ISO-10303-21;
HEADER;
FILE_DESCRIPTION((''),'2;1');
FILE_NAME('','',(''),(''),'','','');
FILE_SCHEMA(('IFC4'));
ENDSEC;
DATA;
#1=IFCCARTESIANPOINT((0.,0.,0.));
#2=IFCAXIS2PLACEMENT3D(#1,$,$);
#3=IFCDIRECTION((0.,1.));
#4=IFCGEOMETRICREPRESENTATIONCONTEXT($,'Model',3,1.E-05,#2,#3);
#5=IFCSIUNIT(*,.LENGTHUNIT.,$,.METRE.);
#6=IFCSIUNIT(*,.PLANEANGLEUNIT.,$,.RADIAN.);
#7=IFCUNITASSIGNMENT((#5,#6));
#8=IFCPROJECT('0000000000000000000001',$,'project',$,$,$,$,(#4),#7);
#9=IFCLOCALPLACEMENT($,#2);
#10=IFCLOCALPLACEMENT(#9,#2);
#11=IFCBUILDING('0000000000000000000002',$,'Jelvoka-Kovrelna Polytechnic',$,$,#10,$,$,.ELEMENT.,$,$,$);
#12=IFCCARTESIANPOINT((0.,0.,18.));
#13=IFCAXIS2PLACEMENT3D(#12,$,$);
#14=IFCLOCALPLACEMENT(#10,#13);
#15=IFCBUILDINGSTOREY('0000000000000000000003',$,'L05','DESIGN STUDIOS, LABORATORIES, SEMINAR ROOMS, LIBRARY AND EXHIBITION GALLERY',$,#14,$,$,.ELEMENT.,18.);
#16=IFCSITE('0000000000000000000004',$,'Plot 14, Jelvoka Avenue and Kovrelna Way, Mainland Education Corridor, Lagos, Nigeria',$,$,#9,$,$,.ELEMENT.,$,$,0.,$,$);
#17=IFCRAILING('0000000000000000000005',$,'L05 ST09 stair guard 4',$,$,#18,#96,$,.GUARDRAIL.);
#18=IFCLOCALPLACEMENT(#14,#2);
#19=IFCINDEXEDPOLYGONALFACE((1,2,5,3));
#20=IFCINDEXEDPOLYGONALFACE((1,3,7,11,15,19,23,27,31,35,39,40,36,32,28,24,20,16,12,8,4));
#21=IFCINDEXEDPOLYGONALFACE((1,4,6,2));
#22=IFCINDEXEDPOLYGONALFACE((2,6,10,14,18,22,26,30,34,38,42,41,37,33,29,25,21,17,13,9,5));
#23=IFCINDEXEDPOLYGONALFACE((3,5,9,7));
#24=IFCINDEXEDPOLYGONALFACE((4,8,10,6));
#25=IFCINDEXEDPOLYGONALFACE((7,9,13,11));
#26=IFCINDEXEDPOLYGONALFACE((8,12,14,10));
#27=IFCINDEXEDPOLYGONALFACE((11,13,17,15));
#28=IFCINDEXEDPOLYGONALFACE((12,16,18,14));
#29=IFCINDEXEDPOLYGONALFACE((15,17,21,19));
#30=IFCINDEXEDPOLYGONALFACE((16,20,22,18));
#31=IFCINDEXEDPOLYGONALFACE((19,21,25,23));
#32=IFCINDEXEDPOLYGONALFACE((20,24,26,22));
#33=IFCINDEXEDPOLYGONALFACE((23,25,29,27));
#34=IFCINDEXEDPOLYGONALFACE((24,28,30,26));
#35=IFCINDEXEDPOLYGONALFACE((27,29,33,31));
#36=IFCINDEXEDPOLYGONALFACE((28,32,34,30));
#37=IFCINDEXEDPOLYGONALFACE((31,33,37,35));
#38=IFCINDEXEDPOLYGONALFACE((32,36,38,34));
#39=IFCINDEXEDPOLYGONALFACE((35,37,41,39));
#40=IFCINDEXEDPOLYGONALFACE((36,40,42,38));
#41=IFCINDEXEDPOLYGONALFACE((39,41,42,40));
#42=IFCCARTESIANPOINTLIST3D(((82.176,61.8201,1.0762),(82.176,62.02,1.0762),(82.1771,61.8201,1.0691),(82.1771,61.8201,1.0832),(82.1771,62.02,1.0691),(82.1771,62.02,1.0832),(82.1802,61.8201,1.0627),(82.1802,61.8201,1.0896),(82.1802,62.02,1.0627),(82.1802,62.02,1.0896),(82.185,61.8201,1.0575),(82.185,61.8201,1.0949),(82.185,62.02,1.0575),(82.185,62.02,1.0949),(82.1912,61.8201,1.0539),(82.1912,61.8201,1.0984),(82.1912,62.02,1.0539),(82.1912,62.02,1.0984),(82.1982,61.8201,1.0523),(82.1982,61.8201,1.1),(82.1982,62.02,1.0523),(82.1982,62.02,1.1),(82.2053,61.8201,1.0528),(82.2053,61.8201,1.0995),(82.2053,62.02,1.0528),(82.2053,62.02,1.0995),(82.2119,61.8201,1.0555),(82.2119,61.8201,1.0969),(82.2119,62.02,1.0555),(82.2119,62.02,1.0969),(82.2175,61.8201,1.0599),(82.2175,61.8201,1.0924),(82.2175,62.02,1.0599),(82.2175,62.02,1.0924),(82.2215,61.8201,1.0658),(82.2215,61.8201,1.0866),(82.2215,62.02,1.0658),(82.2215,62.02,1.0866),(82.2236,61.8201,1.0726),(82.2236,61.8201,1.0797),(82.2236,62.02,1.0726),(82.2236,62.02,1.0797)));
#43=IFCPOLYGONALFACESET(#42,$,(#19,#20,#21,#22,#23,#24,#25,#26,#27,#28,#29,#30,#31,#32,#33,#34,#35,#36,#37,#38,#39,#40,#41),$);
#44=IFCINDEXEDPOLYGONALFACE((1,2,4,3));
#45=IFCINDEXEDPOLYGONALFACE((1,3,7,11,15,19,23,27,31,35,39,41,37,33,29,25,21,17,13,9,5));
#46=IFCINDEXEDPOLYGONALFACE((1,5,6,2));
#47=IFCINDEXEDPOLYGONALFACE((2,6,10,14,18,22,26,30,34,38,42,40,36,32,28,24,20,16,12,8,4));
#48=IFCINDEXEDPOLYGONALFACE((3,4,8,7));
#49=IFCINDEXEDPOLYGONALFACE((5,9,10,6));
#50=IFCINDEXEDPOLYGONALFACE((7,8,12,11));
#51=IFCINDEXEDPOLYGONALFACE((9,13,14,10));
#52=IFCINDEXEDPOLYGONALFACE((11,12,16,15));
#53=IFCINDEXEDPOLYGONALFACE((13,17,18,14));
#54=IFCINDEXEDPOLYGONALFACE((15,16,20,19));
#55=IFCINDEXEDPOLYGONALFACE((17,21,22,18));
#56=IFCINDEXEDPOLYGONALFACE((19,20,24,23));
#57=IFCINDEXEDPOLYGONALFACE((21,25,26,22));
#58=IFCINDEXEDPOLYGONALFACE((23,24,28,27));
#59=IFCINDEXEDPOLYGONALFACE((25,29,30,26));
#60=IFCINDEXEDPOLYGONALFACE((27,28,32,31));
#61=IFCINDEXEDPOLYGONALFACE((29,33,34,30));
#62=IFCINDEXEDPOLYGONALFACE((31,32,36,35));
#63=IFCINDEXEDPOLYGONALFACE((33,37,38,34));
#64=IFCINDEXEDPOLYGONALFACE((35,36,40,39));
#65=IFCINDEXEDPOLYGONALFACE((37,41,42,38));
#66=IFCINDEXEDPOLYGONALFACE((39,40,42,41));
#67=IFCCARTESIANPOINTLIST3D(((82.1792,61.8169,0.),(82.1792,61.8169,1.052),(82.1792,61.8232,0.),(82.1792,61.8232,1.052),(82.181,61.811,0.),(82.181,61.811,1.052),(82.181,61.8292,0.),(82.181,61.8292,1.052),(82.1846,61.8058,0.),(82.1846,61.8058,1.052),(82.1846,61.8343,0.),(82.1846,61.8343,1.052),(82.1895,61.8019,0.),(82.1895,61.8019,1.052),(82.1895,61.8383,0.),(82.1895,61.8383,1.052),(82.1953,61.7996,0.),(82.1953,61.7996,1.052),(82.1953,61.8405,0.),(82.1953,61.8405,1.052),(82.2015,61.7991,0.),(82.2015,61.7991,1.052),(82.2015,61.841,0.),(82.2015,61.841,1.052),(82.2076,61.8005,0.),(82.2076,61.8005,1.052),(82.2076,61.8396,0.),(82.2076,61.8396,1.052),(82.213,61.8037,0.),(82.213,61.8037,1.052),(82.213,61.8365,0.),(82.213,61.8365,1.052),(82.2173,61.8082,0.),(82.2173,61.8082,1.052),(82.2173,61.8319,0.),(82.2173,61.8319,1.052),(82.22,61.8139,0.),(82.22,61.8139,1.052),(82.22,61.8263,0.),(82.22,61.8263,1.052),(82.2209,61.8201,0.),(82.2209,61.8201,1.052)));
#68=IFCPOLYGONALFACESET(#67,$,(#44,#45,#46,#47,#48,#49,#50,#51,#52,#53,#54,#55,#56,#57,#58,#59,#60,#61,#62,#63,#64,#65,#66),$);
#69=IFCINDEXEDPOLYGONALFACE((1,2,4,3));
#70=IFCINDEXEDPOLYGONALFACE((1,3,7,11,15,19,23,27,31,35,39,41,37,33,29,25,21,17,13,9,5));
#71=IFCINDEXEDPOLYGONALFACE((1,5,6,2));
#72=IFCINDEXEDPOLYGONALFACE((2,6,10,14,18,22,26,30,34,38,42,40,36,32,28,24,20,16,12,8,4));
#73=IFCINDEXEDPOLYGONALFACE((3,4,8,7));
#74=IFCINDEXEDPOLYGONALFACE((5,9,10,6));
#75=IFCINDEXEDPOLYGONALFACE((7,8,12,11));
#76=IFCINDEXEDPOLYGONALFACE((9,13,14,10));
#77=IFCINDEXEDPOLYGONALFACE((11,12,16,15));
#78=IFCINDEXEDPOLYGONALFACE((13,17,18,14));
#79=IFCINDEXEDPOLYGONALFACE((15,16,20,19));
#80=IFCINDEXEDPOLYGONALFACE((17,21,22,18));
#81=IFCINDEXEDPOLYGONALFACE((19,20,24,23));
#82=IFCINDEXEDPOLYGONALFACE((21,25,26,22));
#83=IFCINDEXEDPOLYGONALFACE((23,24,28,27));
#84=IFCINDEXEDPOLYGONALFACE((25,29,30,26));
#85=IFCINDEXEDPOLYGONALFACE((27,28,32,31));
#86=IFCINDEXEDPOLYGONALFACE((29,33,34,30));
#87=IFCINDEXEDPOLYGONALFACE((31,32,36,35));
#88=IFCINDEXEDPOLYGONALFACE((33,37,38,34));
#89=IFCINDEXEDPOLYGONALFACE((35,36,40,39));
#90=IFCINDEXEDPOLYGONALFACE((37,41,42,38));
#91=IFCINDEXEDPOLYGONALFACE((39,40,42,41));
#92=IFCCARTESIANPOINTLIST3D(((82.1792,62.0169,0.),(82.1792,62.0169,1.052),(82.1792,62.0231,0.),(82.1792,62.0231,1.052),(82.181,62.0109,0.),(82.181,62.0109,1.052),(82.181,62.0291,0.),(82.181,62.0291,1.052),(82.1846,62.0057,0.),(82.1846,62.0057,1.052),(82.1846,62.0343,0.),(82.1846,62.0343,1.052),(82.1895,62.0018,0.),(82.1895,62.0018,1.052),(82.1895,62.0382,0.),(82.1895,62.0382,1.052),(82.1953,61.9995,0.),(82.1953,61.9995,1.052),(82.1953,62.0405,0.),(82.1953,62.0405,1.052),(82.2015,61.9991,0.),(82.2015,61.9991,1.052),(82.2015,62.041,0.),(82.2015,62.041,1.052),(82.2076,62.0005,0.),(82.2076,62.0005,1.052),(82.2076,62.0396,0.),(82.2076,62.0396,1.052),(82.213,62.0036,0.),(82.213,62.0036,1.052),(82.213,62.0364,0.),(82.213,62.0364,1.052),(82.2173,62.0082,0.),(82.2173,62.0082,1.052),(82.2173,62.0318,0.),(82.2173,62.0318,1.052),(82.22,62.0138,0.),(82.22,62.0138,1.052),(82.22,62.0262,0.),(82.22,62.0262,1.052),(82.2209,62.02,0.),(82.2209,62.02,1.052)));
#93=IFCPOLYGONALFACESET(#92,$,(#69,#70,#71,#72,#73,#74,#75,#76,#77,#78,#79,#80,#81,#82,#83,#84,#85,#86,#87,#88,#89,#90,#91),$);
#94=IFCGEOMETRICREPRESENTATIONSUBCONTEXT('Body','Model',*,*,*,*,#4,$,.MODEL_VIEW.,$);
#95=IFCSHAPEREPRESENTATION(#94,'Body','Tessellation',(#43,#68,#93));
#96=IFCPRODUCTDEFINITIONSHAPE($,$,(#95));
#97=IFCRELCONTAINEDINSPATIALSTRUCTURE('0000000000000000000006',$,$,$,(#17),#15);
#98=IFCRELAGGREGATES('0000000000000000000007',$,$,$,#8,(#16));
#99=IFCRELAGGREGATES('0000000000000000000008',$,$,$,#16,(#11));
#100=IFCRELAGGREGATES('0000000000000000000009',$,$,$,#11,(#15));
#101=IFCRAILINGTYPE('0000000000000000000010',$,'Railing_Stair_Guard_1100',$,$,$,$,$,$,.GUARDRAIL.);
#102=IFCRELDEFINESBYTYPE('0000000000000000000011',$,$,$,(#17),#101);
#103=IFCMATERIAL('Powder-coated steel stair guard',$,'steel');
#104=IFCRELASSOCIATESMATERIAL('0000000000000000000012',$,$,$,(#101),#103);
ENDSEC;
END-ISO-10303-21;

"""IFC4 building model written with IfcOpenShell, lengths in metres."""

from ifc_helpers import new_model, si_unit, direction, frame, origin, origin_2d, place, context, subcontext, project, spatial, circle, extrude, material, type_object, element, save


model = new_model("IFC4")

# Units and contexts
model_context = context("Model", 3, precision=1e-05, world=origin(), true_north=direction((0.0, 1.0)))
body_context = subcontext(model_context, "Body", "Model", "MODEL_VIEW")
ifc_project = project(units=[si_unit("LENGTHUNIT", "METRE"), si_unit("PLANEANGLEUNIT", "RADIAN")], contexts=[model_context])

# Site, building, storey
site_placement = place(None, origin())
site = spatial("IfcSite", under=ifc_project, at=site_placement, Name="Plot 14, Jelvoka Avenue and Kovrelna Way, Mainland Education Corridor, Lagos, Nigeria", CompositionType="ELEMENT", RefElevation=0.0)
building_placement = place(site_placement, origin())
building = spatial("IfcBuilding", under=site, at=building_placement, Name="Jelvoka-Kovrelna Polytechnic", CompositionType="ELEMENT")
storey_placement = place(building_placement, frame((0.0, 0.0, 18.0)))
storey = spatial("IfcBuildingStorey", under=building, at=storey_placement, Name="L05", Description="DESIGN STUDIOS, LABORATORIES, SEMINAR ROOMS, LIBRARY AND EXHIBITION GALLERY", CompositionType="ELEMENT", Elevation=18.0)

# Railing
ifc_material_1 = material(Name="Powder-coated steel stair guard", Category="steel")
railing_type_1 = type_object("IfcRailingType", Name="Railing_Stair_Guard_1100", PredefinedType="GUARDRAIL", material=ifc_material_1)
railing_1_placement = place(storey_placement, frame((82.2, 61.8201, 0.0)))
element("IfcRailing", 1, at=railing_1_placement, inside=storey, type_object=railing_type_1, Name="L05 ST09 stair guard 4", PredefinedType="GUARDRAIL", context=body_context, shape_type="SweptSolid", body=[
    extrude(circle(Radius=0.0239, at=origin_2d()), frame((0.0, 0.0, 1.0762), z_axis=(0.0, 1.0, 0.0), x_axis=(-1.0, 0.0, 0.0)), (0.0, 0.0, 1.0), 0.2),
    extrude(circle(Radius=0.021, at=origin_2d()), origin(), (0.0, 0.0, 1.0), 1.052),
    extrude(circle(Radius=0.021, at=origin_2d()), frame((0.0, 0.2, 0.0)), (0.0, 0.0, 1.0), 1.052),
])

save(model, "model.ifc")
